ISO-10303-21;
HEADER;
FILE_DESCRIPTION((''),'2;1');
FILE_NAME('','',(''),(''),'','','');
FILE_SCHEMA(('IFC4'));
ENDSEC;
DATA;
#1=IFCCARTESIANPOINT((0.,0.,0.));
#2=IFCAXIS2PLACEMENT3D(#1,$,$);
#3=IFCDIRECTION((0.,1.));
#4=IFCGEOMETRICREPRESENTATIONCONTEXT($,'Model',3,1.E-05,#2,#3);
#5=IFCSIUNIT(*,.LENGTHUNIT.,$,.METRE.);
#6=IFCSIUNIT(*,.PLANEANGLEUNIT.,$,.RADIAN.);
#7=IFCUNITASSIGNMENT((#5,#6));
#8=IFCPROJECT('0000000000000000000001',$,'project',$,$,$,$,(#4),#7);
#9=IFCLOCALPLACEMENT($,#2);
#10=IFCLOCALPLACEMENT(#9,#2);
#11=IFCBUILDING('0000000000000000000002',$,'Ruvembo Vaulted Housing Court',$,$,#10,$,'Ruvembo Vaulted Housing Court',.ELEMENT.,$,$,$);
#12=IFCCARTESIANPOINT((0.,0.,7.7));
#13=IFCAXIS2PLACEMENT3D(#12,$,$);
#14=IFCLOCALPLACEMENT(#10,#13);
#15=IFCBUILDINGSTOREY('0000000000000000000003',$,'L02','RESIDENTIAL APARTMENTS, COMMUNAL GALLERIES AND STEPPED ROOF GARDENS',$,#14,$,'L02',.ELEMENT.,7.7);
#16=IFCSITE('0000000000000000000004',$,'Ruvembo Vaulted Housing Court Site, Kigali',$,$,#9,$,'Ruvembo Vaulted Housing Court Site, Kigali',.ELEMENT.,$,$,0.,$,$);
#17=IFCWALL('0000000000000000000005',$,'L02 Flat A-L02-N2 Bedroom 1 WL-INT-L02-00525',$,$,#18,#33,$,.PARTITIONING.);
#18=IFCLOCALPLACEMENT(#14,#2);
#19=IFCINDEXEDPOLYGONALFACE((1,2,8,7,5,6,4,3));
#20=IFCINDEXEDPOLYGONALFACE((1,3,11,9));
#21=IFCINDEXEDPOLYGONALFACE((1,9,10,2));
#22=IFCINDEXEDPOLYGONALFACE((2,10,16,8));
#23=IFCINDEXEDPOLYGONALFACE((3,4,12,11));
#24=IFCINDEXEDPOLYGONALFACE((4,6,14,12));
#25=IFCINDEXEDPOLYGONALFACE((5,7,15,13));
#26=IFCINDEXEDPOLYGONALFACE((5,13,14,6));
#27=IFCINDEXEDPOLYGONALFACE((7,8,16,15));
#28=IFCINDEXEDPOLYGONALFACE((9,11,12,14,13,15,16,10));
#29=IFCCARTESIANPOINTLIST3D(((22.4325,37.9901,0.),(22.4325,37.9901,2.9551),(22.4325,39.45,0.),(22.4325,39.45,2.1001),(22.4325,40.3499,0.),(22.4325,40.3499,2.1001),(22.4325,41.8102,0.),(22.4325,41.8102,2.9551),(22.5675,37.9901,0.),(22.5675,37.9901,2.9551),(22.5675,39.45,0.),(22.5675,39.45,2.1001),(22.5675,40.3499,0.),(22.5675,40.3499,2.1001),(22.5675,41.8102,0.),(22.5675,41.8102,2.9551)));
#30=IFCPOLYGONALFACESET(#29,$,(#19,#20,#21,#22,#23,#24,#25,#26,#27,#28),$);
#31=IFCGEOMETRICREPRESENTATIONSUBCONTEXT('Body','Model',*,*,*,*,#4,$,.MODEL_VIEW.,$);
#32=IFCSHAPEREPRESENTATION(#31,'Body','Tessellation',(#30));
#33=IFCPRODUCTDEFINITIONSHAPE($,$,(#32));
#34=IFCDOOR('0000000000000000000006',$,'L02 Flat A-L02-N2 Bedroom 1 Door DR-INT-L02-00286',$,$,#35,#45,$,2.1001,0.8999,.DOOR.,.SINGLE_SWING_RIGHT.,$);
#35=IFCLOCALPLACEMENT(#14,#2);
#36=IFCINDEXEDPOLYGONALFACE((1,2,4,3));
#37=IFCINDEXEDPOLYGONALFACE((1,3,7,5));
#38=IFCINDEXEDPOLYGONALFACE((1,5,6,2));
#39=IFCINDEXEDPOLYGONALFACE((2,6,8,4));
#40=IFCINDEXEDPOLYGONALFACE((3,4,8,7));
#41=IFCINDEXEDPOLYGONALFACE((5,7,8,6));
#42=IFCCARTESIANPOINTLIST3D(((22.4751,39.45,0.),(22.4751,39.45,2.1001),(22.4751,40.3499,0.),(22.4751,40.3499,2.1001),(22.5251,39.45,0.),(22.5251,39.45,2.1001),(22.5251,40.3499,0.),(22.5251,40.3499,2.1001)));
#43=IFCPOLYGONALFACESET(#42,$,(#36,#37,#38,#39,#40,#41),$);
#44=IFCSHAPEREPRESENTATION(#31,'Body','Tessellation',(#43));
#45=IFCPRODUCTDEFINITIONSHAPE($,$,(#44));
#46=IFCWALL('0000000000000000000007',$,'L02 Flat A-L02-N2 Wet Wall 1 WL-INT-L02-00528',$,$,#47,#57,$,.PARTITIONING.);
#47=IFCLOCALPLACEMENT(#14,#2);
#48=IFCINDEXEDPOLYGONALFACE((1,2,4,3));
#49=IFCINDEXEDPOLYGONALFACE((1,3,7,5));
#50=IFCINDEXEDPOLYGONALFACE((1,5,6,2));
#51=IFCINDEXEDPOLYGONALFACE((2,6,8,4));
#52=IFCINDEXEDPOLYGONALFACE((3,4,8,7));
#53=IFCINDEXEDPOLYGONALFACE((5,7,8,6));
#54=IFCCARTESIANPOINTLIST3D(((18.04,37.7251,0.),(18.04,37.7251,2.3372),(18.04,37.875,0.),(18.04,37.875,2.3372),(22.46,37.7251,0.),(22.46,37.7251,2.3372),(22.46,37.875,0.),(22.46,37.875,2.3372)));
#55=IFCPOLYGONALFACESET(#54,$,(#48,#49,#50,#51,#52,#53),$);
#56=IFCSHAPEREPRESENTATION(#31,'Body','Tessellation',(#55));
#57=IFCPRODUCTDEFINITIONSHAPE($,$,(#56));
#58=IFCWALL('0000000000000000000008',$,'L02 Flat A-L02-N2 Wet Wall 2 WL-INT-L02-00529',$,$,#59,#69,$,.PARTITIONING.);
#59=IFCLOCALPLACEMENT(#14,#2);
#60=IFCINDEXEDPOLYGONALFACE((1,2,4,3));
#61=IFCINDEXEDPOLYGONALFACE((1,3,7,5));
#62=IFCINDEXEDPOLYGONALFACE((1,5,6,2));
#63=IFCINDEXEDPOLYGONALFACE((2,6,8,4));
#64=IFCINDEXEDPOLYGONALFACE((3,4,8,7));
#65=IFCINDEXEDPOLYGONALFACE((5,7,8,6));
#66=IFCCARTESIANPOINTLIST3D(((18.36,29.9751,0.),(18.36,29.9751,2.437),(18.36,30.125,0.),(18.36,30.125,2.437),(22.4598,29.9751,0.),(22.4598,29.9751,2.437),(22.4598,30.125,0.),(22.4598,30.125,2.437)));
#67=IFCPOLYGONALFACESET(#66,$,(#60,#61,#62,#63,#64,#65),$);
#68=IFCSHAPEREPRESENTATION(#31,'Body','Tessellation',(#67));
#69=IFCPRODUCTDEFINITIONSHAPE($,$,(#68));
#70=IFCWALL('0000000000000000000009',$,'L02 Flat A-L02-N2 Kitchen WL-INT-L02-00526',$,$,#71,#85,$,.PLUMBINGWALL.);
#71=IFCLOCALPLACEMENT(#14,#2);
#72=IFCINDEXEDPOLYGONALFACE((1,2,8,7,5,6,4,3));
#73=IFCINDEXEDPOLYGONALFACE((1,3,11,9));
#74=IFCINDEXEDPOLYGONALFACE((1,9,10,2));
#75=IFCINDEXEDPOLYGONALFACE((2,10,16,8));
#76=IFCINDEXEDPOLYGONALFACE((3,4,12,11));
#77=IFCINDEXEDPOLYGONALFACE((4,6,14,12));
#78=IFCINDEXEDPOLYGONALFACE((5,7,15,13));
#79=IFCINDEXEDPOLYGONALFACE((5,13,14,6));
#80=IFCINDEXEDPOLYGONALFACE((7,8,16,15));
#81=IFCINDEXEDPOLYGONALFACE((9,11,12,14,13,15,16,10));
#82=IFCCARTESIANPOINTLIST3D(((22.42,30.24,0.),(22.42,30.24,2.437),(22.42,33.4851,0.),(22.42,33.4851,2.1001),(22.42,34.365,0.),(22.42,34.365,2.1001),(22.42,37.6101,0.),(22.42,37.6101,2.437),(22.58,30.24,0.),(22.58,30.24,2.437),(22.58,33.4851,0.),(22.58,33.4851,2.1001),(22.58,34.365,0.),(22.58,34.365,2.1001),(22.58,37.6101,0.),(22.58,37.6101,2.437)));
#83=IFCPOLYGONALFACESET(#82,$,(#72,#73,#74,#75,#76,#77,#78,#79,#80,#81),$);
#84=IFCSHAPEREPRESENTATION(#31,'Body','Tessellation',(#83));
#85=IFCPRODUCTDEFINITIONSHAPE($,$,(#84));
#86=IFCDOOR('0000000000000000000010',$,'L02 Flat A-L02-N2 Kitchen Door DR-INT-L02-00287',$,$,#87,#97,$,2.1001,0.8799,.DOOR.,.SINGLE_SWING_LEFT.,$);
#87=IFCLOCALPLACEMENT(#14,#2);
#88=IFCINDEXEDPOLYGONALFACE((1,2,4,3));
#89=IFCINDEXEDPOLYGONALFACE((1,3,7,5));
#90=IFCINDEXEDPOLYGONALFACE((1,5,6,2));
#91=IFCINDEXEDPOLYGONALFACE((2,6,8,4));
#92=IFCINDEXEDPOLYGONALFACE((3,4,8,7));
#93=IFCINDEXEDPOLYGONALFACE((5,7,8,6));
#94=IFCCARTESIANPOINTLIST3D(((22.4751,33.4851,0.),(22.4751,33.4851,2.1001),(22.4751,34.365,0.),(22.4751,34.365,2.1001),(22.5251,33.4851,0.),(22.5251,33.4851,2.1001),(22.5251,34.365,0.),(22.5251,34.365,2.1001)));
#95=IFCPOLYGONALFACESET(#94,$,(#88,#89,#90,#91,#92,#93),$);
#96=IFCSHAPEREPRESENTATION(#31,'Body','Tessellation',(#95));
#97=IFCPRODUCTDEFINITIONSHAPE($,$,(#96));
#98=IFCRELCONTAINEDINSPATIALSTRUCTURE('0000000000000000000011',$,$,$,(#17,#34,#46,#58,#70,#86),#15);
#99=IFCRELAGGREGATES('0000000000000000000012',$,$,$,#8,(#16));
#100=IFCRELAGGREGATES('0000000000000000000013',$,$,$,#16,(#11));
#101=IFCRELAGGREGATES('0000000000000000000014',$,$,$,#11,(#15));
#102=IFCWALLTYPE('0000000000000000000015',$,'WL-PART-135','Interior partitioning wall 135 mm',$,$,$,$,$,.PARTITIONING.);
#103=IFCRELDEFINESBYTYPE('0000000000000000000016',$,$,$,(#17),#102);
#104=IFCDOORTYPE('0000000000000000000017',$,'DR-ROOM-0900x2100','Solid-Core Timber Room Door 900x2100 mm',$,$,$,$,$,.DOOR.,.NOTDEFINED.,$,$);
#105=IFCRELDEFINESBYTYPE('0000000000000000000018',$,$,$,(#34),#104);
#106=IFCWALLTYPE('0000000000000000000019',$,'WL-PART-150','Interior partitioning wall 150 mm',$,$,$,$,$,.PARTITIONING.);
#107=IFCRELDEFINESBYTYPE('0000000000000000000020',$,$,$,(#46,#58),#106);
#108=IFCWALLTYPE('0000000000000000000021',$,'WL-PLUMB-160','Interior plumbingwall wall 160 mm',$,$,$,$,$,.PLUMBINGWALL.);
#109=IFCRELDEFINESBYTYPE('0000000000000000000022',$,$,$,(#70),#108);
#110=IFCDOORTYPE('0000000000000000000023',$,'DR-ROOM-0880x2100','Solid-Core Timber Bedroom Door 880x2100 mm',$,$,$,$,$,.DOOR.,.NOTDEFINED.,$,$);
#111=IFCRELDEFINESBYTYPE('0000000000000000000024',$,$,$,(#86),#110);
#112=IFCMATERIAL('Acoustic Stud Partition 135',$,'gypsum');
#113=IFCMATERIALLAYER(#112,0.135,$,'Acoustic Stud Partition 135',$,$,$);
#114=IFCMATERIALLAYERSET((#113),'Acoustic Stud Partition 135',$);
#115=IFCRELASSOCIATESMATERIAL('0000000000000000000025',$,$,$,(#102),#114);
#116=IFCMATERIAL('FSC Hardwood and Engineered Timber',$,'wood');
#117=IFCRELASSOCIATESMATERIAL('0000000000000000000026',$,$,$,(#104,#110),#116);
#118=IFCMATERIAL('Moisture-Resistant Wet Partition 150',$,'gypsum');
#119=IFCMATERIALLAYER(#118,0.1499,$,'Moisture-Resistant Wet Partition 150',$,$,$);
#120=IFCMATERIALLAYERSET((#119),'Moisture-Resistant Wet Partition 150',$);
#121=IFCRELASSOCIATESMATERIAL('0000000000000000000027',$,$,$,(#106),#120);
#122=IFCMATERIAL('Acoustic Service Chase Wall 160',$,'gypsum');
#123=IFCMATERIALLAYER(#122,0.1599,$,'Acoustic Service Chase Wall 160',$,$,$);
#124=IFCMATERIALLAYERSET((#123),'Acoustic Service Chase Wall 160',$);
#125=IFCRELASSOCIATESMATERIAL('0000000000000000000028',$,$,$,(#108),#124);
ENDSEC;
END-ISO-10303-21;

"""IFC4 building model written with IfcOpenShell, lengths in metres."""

from ifc_helpers import new_model, si_unit, direction, frame, frame_2d, origin, place, context, subcontext, project, spatial, rectangle, extrude, material, layer, layer_set, type_object, element, fill, save


model = new_model("IFC4")

# Units and contexts
model_context = context("Model", 3, precision=1e-05, world=origin(), true_north=direction((0.0, 1.0)))
body_context = subcontext(model_context, "Body", "Model", "MODEL_VIEW")
ifc_project = project(units=[si_unit("LENGTHUNIT", "METRE"), si_unit("PLANEANGLEUNIT", "RADIAN")], contexts=[model_context])

# Site, building, storey
site_placement = place(None, origin())
site = spatial("IfcSite", under=ifc_project, at=site_placement, Name="Ruvembo Vaulted Housing Court Site, Kigali", LongName="Ruvembo Vaulted Housing Court Site, Kigali", CompositionType="ELEMENT", RefElevation=0.0)
building_placement = place(site_placement, origin())
building = spatial("IfcBuilding", under=site, at=building_placement, Name="Ruvembo Vaulted Housing Court", LongName="Ruvembo Vaulted Housing Court", CompositionType="ELEMENT")
storey_placement = place(building_placement, frame((0.0, 0.0, 7.7)))
storey = spatial("IfcBuildingStorey", under=building, at=storey_placement, Name="L02", Description="RESIDENTIAL APARTMENTS, COMMUNAL GALLERIES AND STEPPED ROOF GARDENS", LongName="L02", CompositionType="ELEMENT", Elevation=7.7)

# Wall, opening, door
ifc_material_1 = material(Name="Acoustic Stud Partition 135", Category="gypsum")
ifc_layer_1 = layer(ifc_material_1, 0.135, Name="Acoustic Stud Partition 135")
ifc_layer_set_1 = layer_set([ifc_layer_1], Name="Acoustic Stud Partition 135")
wall_type_1 = type_object("IfcWallType", Name="WL-PART-135", Description="Interior partitioning wall 135 mm", PredefinedType="PARTITIONING", material=ifc_layer_set_1)
wall_1_placement = place(storey_placement, frame((22.5, 37.99, 0.0), z_axis=(0.0, 0.0, 1.0), x_axis=(0.0, 1.0, 0.0)))
wall_1 = element("IfcWall", 1, at=wall_1_placement, inside=storey, type_object=wall_type_1, Name="L02 Flat A-L02-N2 Bedroom 1 WL-INT-L02-00525", PredefinedType="PARTITIONING", context=body_context, shape_type="SweptSolid", body=[
    extrude(rectangle(XDim=3.8201, YDim=0.135, at=frame_2d((1.9102, 0.0))), origin(), (0.0, 0.0, 1.0), 2.9551),
])
opening_1_placement = place(wall_1_placement, frame((1.46, 0.0, 0.0)))
opening_1 = element("IfcOpeningElement", 2, at=opening_1_placement, cuts=wall_1, PredefinedType="OPENING", context=body_context, shape_type="SweptSolid", body=[
    extrude(rectangle(XDim=0.8999, YDim=2.1001, at=frame_2d((0.45, 1.05))), frame((0.0, 0.0774, 0.0), z_axis=(0.0, -1.0, 0.0), x_axis=(1.0, 0.0, 0.0)), (0.0, 0.0, 1.0), 0.155),
])
ifc_material_2 = material(Name="FSC Hardwood and Engineered Timber", Category="wood")
door_type_1 = type_object("IfcDoorType", Name="DR-ROOM-0900x2100", Description="Solid-Core Timber Room Door 900x2100 mm", OperationType="NOTDEFINED", PredefinedType="DOOR", material=ifc_material_2)
door_1_placement = place(opening_1_placement, origin())
door_1 = element("IfcDoor", 3, at=door_1_placement, inside=storey, type_object=door_type_1, Name="L02 Flat A-L02-N2 Bedroom 1 Door DR-INT-L02-00286", OperationType="SINGLE_SWING_RIGHT", OverallHeight=2.1001, OverallWidth=0.8999, PredefinedType="DOOR", context=body_context, shape_type="SweptSolid", body=[
    extrude(rectangle(XDim=0.8999, YDim=2.1001, at=frame_2d((0.45, 1.05))), frame((0.0, 0.0249, 0.0), z_axis=(0.0, -1.0, 0.0), x_axis=(1.0, 0.0, 0.0)), (0.0, 0.0, 1.0), 0.05),
])
fill(opening_1, door_1)

# Walls
ifc_material_3 = material(Name="Moisture-Resistant Wet Partition 150", Category="gypsum")
ifc_layer_2 = layer(ifc_material_3, 0.1499, Name="Moisture-Resistant Wet Partition 150")
ifc_layer_set_2 = layer_set([ifc_layer_2], Name="Moisture-Resistant Wet Partition 150")
wall_type_2 = type_object("IfcWallType", Name="WL-PART-150", Description="Interior partitioning wall 150 mm", PredefinedType="PARTITIONING", material=ifc_layer_set_2)
wall_2_placement = place(storey_placement, frame((18.04, 37.8, 0.0), z_axis=(0.0, 0.0, 1.0), x_axis=(1.0, 0.0, 0.0)))
element("IfcWall", 4, at=wall_2_placement, inside=storey, type_object=wall_type_2, Name="L02 Flat A-L02-N2 Wet Wall 1 WL-INT-L02-00528", PredefinedType="PARTITIONING", context=body_context, shape_type="SweptSolid", body=[
    extrude(rectangle(XDim=4.4199, YDim=0.1499, at=frame_2d((2.21, 0.0))), origin(), (0.0, 0.0, 1.0), 2.3372),
])
wall_3_placement = place(storey_placement, frame((18.3601, 30.05, 0.0), z_axis=(0.0, 0.0, 1.0), x_axis=(1.0, 0.0, 0.0)))
element("IfcWall", 5, at=wall_3_placement, inside=storey, type_object=wall_type_2, Name="L02 Flat A-L02-N2 Wet Wall 2 WL-INT-L02-00529", PredefinedType="PARTITIONING", context=body_context, shape_type="SweptSolid", body=[
    extrude(rectangle(XDim=4.0999, YDim=0.1499, at=frame_2d((2.0498, 0.0))), origin(), (0.0, 0.0, 1.0), 2.437),
])

# Wall, opening, door
ifc_material_4 = material(Name="Acoustic Service Chase Wall 160", Category="gypsum")
ifc_layer_3 = layer(ifc_material_4, 0.1599, Name="Acoustic Service Chase Wall 160")
ifc_layer_set_3 = layer_set([ifc_layer_3], Name="Acoustic Service Chase Wall 160")
wall_type_3 = type_object("IfcWallType", Name="WL-PLUMB-160", Description="Interior plumbingwall wall 160 mm", PredefinedType="PLUMBINGWALL", material=ifc_layer_set_3)
wall_4_placement = place(storey_placement, frame((22.5, 30.24, 0.0), z_axis=(0.0, 0.0, 1.0), x_axis=(0.0, 1.0, 0.0)))
wall_4 = element("IfcWall", 6, at=wall_4_placement, inside=storey, type_object=wall_type_3, Name="L02 Flat A-L02-N2 Kitchen WL-INT-L02-00526", PredefinedType="PLUMBINGWALL", context=body_context, shape_type="SweptSolid", body=[
    extrude(rectangle(XDim=7.3701, YDim=0.1599, at=frame_2d((3.6851, 0.0))), origin(), (0.0, 0.0, 1.0), 2.437),
])
opening_2_placement = place(wall_4_placement, frame((3.2451, 0.0, 0.0)))
opening_2 = element("IfcOpeningElement", 7, at=opening_2_placement, cuts=wall_4, PredefinedType="OPENING", context=body_context, shape_type="SweptSolid", body=[
    extrude(rectangle(XDim=0.8799, YDim=2.1001, at=frame_2d((0.4399, 1.05))), frame((0.0, 0.0898, 0.0), z_axis=(0.0, -1.0, 0.0), x_axis=(1.0, 0.0, 0.0)), (0.0, 0.0, 1.0), 0.1799),
])
door_type_2 = type_object("IfcDoorType", Name="DR-ROOM-0880x2100", Description="Solid-Core Timber Bedroom Door 880x2100 mm", OperationType="NOTDEFINED", PredefinedType="DOOR", material=ifc_material_2)
door_2_placement = place(opening_2_placement, origin())
door_2 = element("IfcDoor", 8, at=door_2_placement, inside=storey, type_object=door_type_2, Name="L02 Flat A-L02-N2 Kitchen Door DR-INT-L02-00287", OperationType="SINGLE_SWING_LEFT", OverallHeight=2.1001, OverallWidth=0.8799, PredefinedType="DOOR", context=body_context, shape_type="SweptSolid", body=[
    extrude(rectangle(XDim=0.8799, YDim=2.1001, at=frame_2d((0.4399, 1.05))), frame((0.0, 0.0249, 0.0), z_axis=(0.0, -1.0, 0.0), x_axis=(1.0, 0.0, 0.0)), (0.0, 0.0, 1.0), 0.05),
])
fill(opening_2, door_2)

save(model, "model.ifc")
